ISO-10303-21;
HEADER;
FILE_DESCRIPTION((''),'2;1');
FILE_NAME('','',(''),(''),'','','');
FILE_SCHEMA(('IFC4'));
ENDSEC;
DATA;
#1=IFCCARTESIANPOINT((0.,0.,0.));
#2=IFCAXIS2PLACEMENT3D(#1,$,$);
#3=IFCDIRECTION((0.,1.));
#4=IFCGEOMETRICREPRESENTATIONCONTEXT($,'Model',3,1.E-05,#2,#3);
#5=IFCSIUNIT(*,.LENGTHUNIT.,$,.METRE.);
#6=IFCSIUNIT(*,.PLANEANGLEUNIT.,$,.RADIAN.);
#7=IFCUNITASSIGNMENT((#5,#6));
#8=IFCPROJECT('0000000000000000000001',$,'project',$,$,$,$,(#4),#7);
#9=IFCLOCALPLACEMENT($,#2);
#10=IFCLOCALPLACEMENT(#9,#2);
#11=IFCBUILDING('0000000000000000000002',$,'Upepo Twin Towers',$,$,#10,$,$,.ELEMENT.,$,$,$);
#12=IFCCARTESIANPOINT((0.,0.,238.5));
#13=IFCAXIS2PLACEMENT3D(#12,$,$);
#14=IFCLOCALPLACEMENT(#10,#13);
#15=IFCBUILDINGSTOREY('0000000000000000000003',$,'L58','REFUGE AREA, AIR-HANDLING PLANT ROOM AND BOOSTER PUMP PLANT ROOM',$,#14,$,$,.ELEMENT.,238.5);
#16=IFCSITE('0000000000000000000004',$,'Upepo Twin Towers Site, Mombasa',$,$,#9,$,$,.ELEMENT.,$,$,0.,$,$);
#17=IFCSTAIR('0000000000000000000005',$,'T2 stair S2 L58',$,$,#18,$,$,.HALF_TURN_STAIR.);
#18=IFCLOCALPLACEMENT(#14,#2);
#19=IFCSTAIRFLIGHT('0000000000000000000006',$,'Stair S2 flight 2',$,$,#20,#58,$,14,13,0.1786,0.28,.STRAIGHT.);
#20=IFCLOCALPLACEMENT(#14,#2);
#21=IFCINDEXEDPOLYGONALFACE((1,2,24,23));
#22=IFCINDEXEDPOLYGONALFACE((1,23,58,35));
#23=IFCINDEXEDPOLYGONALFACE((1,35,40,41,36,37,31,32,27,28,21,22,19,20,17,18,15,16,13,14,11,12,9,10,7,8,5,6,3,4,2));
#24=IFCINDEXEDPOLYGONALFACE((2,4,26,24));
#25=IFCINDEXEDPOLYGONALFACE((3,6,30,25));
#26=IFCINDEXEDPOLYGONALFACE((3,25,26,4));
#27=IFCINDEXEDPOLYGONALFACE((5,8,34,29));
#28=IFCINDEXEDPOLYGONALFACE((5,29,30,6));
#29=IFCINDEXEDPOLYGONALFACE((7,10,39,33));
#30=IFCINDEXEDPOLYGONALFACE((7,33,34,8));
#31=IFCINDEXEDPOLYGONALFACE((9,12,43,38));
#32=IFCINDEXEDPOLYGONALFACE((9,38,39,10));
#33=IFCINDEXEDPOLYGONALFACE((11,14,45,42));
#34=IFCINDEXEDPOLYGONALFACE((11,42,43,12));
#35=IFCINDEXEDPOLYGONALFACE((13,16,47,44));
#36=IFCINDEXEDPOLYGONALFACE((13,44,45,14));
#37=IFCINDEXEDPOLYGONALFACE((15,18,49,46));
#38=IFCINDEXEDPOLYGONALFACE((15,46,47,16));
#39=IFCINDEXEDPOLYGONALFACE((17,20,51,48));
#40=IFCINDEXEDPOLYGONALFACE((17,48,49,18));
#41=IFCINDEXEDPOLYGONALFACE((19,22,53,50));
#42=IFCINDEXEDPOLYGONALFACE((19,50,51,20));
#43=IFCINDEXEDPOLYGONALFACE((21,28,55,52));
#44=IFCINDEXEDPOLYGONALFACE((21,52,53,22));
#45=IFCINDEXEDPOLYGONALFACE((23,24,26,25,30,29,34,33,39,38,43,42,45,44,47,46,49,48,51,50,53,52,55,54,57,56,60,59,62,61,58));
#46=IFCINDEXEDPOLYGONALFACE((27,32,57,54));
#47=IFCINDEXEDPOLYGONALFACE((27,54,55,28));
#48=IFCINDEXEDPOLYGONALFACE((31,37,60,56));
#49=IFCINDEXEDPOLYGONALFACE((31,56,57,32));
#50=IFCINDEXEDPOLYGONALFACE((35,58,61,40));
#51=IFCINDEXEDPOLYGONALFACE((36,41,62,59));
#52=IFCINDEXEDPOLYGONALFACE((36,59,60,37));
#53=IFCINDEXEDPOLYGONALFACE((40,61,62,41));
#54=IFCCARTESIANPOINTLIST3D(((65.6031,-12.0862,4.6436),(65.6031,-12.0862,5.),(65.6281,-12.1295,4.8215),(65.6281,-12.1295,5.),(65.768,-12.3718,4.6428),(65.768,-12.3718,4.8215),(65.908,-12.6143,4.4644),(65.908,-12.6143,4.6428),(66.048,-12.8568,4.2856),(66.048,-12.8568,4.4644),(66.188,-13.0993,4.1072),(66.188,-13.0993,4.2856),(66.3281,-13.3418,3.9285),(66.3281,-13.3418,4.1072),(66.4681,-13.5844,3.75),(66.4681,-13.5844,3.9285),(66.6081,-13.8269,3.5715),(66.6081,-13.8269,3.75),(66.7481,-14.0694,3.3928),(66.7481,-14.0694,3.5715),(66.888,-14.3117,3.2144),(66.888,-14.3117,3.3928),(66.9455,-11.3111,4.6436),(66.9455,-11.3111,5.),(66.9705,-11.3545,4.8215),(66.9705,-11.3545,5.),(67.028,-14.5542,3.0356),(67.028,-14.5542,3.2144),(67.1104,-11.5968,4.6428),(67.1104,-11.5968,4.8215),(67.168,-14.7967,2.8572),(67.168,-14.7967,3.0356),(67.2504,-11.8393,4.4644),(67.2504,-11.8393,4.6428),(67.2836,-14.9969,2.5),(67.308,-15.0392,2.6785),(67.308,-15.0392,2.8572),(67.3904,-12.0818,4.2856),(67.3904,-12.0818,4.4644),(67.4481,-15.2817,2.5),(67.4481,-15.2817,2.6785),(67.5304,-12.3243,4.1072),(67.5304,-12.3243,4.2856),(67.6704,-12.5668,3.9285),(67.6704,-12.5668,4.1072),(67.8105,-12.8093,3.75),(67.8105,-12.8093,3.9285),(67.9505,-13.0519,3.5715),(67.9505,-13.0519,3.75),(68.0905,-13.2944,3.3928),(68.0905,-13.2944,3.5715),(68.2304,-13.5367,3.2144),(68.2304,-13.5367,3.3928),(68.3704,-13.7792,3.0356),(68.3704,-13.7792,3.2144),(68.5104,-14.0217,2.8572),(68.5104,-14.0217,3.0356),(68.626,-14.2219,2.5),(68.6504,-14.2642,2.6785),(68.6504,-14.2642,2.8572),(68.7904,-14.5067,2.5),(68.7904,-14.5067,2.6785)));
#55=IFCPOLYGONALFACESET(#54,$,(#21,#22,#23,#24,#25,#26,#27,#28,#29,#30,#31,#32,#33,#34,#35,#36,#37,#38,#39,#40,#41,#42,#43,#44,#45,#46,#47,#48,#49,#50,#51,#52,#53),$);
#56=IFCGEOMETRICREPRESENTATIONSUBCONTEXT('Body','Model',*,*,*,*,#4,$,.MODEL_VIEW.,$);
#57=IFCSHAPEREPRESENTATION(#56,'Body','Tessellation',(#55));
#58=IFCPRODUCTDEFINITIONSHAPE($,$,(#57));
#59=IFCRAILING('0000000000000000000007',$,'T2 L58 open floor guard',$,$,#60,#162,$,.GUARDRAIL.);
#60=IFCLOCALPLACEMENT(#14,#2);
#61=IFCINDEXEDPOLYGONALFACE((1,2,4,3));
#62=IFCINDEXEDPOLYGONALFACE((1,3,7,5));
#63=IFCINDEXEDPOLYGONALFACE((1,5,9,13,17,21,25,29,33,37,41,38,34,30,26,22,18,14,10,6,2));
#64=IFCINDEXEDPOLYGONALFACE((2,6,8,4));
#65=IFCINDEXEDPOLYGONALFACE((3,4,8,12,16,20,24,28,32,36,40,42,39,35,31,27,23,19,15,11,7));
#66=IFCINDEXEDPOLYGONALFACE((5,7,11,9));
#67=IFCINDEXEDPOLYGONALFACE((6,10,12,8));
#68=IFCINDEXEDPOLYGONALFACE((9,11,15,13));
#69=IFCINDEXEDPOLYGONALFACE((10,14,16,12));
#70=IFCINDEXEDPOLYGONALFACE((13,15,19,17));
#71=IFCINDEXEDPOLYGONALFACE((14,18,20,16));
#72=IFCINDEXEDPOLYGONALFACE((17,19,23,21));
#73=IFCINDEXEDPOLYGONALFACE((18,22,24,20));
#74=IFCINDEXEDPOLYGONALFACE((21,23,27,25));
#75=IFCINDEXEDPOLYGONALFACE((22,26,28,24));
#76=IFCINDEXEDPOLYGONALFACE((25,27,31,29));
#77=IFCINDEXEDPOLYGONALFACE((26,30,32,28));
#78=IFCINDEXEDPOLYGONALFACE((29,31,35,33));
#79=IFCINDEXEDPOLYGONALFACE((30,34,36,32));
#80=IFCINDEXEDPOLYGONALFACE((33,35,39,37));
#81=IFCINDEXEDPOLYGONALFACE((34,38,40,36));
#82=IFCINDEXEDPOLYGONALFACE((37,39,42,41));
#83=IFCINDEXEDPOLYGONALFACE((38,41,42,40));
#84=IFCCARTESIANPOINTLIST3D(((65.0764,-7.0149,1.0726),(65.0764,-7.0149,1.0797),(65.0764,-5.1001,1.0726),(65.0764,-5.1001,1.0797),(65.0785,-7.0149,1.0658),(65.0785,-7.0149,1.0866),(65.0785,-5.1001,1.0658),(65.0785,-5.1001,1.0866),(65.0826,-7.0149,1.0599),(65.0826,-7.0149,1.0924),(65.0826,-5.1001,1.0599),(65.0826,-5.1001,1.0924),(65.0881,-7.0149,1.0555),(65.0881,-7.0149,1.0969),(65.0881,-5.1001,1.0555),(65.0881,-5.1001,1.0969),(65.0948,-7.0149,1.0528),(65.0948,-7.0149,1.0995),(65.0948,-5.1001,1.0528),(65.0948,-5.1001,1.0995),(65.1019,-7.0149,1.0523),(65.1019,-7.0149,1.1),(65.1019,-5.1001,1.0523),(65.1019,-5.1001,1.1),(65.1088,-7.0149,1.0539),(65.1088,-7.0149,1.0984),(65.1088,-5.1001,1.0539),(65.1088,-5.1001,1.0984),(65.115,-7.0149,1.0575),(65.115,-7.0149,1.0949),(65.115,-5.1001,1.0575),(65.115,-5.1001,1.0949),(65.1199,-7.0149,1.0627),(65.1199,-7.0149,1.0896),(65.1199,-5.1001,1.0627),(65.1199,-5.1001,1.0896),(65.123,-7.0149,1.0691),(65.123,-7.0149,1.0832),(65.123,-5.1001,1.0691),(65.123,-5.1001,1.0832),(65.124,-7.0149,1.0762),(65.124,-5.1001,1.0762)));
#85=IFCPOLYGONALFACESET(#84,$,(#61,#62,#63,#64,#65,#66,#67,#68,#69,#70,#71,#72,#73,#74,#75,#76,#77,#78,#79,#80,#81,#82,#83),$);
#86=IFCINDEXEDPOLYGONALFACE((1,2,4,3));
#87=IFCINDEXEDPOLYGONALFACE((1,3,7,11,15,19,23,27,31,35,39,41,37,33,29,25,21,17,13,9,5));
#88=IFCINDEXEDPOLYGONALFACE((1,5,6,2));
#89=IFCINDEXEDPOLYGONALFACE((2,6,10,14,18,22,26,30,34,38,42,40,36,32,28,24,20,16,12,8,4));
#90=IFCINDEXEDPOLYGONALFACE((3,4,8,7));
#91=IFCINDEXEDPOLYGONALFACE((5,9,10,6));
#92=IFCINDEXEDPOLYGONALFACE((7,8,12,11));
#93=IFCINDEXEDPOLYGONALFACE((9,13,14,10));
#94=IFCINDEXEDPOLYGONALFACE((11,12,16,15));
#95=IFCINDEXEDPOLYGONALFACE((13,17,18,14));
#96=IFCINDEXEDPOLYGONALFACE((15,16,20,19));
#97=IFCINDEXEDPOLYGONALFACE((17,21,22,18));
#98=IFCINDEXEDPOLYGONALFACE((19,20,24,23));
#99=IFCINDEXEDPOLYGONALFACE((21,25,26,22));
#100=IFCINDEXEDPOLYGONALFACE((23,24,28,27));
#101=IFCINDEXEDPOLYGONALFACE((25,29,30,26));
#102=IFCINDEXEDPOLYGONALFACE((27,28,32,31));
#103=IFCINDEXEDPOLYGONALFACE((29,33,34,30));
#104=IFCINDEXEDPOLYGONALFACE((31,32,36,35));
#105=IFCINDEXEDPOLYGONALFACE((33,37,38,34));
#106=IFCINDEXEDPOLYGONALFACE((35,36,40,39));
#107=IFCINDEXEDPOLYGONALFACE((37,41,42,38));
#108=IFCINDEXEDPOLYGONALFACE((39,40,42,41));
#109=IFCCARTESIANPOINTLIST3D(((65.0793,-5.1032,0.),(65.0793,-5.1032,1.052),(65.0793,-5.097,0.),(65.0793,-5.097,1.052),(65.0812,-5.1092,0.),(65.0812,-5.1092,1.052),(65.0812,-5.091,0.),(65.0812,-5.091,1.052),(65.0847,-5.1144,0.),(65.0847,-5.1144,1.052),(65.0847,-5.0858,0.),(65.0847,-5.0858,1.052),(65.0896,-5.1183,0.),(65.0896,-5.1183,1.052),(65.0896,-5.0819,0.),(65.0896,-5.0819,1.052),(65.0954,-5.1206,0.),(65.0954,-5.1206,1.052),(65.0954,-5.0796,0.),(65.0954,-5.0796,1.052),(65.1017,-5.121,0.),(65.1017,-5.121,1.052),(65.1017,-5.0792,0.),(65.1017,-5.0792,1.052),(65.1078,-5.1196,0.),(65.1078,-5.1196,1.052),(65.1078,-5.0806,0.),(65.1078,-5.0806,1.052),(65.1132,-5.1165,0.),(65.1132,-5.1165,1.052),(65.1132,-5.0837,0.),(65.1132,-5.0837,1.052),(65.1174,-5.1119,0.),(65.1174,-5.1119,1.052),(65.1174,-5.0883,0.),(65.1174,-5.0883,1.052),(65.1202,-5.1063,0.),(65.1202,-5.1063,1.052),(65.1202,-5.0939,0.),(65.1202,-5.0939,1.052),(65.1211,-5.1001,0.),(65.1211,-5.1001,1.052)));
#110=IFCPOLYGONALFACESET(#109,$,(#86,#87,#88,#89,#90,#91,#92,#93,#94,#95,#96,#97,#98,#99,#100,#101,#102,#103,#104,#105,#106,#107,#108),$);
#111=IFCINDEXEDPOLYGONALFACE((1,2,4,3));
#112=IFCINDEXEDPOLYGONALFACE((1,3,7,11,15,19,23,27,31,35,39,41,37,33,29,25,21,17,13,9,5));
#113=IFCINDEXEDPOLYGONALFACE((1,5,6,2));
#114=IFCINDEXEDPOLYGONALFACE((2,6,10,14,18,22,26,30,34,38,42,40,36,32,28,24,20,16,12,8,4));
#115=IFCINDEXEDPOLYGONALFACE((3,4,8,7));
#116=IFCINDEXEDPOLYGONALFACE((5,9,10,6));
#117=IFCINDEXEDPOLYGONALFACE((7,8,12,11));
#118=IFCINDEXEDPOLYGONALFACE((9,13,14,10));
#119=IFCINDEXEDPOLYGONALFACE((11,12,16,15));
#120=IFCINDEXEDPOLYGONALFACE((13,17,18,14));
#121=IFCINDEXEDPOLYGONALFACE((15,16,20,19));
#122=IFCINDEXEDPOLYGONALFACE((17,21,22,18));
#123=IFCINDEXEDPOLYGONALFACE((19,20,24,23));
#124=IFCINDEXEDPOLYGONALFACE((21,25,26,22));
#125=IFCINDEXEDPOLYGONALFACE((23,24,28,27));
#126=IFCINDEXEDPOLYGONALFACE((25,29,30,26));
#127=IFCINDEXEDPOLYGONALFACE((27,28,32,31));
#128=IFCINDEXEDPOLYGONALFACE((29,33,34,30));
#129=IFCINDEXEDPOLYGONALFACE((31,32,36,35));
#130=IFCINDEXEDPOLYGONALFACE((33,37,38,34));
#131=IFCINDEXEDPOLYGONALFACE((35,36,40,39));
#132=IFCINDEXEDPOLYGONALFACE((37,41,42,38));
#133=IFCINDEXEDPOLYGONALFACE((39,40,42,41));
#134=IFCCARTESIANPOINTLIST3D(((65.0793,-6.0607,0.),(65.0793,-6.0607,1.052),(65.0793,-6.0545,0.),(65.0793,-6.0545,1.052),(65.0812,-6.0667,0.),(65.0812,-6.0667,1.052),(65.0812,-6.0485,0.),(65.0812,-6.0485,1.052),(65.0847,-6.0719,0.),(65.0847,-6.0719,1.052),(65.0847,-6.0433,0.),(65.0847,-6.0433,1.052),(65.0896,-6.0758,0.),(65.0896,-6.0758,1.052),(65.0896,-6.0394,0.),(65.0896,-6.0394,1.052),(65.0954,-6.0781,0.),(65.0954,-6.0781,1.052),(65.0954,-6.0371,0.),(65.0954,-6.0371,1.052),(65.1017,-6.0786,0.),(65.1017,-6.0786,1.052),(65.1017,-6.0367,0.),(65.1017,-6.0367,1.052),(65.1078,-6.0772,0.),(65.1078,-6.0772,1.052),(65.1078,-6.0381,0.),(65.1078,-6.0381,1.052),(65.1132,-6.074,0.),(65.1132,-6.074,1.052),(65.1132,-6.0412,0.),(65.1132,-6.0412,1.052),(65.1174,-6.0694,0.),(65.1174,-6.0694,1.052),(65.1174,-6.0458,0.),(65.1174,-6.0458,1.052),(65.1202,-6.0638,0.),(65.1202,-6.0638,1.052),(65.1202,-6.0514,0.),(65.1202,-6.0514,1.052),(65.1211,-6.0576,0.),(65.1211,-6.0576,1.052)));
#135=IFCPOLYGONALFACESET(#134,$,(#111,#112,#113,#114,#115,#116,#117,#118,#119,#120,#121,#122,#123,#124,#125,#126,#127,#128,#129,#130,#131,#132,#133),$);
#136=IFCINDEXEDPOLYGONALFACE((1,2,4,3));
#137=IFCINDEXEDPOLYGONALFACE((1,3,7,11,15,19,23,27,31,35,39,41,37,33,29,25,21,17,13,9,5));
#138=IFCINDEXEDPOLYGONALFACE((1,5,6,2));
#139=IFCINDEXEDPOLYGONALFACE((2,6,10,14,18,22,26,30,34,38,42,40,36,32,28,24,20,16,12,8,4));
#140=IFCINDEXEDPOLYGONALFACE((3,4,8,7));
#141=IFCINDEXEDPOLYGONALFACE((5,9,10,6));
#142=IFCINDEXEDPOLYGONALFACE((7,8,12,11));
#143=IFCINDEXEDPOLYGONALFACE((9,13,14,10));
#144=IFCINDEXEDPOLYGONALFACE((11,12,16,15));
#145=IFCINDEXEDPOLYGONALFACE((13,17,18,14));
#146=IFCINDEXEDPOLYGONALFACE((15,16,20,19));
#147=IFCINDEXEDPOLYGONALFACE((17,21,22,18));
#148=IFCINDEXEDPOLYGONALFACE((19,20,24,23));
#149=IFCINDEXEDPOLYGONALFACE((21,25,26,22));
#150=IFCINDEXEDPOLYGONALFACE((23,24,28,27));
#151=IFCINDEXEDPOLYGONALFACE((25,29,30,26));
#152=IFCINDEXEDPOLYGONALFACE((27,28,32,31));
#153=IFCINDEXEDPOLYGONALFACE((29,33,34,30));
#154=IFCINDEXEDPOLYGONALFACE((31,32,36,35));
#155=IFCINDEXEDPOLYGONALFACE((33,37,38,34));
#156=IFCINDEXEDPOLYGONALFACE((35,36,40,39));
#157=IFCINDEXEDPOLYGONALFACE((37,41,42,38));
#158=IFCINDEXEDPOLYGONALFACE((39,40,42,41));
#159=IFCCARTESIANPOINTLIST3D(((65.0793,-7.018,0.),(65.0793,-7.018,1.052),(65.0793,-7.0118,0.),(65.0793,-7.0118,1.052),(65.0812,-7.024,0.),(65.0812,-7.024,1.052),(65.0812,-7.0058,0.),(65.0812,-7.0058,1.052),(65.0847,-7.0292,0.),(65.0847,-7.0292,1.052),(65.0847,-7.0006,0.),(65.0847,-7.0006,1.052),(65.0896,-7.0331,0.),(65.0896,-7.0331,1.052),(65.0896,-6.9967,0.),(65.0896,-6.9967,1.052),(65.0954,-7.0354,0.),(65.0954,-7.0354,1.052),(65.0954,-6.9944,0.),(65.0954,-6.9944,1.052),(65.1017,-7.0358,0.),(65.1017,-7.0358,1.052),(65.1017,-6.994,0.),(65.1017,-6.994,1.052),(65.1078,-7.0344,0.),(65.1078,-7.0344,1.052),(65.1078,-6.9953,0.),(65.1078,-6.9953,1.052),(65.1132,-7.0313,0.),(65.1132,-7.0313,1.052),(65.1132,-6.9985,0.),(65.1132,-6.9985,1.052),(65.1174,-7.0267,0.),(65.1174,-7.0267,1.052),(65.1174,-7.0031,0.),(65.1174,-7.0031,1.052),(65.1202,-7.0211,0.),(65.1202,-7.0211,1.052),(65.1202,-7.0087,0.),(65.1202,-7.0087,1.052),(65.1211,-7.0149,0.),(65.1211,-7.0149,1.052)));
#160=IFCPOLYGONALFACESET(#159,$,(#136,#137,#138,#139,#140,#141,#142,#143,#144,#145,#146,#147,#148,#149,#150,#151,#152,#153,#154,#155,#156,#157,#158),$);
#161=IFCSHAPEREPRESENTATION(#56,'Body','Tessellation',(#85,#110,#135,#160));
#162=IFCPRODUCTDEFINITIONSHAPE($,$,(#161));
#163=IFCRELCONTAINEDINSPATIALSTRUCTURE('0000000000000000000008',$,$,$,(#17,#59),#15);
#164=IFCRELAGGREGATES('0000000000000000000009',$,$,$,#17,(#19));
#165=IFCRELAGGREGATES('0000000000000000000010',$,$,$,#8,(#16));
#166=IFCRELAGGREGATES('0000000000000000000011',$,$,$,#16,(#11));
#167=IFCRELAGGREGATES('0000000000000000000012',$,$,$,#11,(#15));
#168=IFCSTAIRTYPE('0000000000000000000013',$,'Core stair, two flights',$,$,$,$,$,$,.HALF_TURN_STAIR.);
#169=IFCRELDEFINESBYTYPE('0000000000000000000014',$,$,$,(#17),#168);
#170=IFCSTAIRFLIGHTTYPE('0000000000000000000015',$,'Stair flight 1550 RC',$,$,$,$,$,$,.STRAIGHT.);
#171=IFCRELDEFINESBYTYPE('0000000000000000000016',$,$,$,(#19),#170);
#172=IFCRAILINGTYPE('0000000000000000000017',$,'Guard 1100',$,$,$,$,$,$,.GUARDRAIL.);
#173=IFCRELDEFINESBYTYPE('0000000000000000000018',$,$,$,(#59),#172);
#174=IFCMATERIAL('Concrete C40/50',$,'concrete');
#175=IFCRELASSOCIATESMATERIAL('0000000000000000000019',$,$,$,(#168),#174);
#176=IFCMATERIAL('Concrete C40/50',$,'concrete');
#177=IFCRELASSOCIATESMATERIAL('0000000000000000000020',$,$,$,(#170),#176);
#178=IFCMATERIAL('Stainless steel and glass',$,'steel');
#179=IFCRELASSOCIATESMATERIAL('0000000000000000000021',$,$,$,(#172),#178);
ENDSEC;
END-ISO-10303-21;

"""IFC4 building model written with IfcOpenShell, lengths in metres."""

from ifc_helpers import new_model, si_unit, direction, frame, origin, origin_2d, place, context, subcontext, project, spatial, polyline, circle, outline, extrude, material, type_object, element, aggregate, save


model = new_model("IFC4")

# Units and contexts
model_context = context("Model", 3, precision=1e-05, world=origin(), true_north=direction((0.0, 1.0)))
body_context = subcontext(model_context, "Body", "Model", "MODEL_VIEW")
ifc_project = project(units=[si_unit("LENGTHUNIT", "METRE"), si_unit("PLANEANGLEUNIT", "RADIAN")], contexts=[model_context])

# Site, building, storey
site_placement = place(None, origin())
site = spatial("IfcSite", under=ifc_project, at=site_placement, Name="Upepo Twin Towers Site, Mombasa", CompositionType="ELEMENT", RefElevation=0.0)
building_placement = place(site_placement, origin())
building = spatial("IfcBuilding", under=site, at=building_placement, Name="Upepo Twin Towers", CompositionType="ELEMENT")
storey_placement = place(building_placement, frame((0.0, 0.0, 238.5)))
storey = spatial("IfcBuildingStorey", under=building, at=storey_placement, Name="L58", Description="REFUGE AREA, AIR-HANDLING PLANT ROOM AND BOOSTER PUMP PLANT ROOM", CompositionType="ELEMENT", Elevation=238.5)

# Stair, stair flight
ifc_material_1 = material(Name="Concrete C40/50", Category="concrete")
stair_type = type_object("IfcStairType", Name="Core stair, two flights", PredefinedType="HALF_TURN_STAIR", material=ifc_material_1)
stair_placement = place(storey_placement, origin())
stair = element("IfcStair", 1, at=stair_placement, inside=storey, type_object=stair_type, Name="T2 stair S2 L58", PredefinedType="HALF_TURN_STAIR")
ifc_material_2 = material(Name="Concrete C40/50", Category="concrete")
stair_flight_type = type_object("IfcStairFlightType", Name="Stair flight 1550 RC", PredefinedType="STRAIGHT", material=ifc_material_2)
stair_flight_1_placement = place(storey_placement, frame((68.1191, -14.8943, 2.5), z_axis=(0.0, 0.0, 1.0), x_axis=(-0.5, 0.866025, 0.0)))
stair_flight_1 = element("IfcStairFlight", 2, at=stair_flight_1_placement, type_object=stair_flight_type, Name="Stair S2 flight 2", NumberOfRisers=14, NumberOfTreads=13, PredefinedType="STRAIGHT", RiserHeight=0.1786, TreadLength=0.28, context=body_context, shape_type="SweptSolid", body=[
    extrude(outline(polyline([(0.0, 0.0), (0.0, 0.1785), (0.28, 0.1785), (0.28, 0.3572), (0.5601, 0.3572), (0.5601, 0.5356), (0.8401, 0.5356), (0.8401, 0.7144), (1.1201, 0.7144), (1.1201, 0.8928), (1.3999, 0.8928), (1.3999, 1.0715), (1.6799, 1.0715), (1.6799, 1.25), (1.96, 1.25), (1.96, 1.4285), (2.24, 1.4285), (2.24, 1.6072), (2.52, 1.6072), (2.52, 1.7856), (2.8, 1.7856), (2.8, 1.9644), (3.0801, 1.9644), (3.0801, 2.1428), (3.3601, 2.1428), (3.3601, 2.3215), (3.6399, 2.3215), (3.6399, 2.5), (3.6899, 2.5), (3.6899, 2.1436), (0.3289, 0.0), (0.0, 0.0)])), frame((0.0, 0.7749, 0.0), z_axis=(0.0, -1.0, 0.0), x_axis=(1.0, 0.0, 0.0)), (0.0, 0.0, 1.0), 1.55),
])
aggregate(stair, [stair_flight_1])

# Railing
ifc_material_3 = material(Name="Stainless steel and glass", Category="steel")
railing_type_1 = type_object("IfcRailingType", Name="Guard 1100", PredefinedType="GUARDRAIL", material=ifc_material_3)
railing_1_placement = place(storey_placement, frame((65.1001, -5.1001, 0.0)))
element("IfcRailing", 3, at=railing_1_placement, inside=storey, type_object=railing_type_1, Name="T2 L58 open floor guard", PredefinedType="GUARDRAIL", context=body_context, shape_type="SweptSolid", body=[
    extrude(circle(Radius=0.0239, at=origin_2d()), frame((0.0, 0.0, 1.0762), z_axis=(0.0, -1.0, 0.0), x_axis=(1.0, 0.0, 0.0)), (0.0, 0.0, 1.0), 1.9148),
    extrude(circle(Radius=0.021, at=origin_2d()), origin(), (0.0, 0.0, 1.0), 1.052),
    extrude(circle(Radius=0.021, at=origin_2d()), frame((0.0, -0.9575, 0.0)), (0.0, 0.0, 1.0), 1.052),
    extrude(circle(Radius=0.021, at=origin_2d()), frame((0.0, -1.9148, 0.0)), (0.0, 0.0, 1.0), 1.052),
])

save(model, "model.ifc")
